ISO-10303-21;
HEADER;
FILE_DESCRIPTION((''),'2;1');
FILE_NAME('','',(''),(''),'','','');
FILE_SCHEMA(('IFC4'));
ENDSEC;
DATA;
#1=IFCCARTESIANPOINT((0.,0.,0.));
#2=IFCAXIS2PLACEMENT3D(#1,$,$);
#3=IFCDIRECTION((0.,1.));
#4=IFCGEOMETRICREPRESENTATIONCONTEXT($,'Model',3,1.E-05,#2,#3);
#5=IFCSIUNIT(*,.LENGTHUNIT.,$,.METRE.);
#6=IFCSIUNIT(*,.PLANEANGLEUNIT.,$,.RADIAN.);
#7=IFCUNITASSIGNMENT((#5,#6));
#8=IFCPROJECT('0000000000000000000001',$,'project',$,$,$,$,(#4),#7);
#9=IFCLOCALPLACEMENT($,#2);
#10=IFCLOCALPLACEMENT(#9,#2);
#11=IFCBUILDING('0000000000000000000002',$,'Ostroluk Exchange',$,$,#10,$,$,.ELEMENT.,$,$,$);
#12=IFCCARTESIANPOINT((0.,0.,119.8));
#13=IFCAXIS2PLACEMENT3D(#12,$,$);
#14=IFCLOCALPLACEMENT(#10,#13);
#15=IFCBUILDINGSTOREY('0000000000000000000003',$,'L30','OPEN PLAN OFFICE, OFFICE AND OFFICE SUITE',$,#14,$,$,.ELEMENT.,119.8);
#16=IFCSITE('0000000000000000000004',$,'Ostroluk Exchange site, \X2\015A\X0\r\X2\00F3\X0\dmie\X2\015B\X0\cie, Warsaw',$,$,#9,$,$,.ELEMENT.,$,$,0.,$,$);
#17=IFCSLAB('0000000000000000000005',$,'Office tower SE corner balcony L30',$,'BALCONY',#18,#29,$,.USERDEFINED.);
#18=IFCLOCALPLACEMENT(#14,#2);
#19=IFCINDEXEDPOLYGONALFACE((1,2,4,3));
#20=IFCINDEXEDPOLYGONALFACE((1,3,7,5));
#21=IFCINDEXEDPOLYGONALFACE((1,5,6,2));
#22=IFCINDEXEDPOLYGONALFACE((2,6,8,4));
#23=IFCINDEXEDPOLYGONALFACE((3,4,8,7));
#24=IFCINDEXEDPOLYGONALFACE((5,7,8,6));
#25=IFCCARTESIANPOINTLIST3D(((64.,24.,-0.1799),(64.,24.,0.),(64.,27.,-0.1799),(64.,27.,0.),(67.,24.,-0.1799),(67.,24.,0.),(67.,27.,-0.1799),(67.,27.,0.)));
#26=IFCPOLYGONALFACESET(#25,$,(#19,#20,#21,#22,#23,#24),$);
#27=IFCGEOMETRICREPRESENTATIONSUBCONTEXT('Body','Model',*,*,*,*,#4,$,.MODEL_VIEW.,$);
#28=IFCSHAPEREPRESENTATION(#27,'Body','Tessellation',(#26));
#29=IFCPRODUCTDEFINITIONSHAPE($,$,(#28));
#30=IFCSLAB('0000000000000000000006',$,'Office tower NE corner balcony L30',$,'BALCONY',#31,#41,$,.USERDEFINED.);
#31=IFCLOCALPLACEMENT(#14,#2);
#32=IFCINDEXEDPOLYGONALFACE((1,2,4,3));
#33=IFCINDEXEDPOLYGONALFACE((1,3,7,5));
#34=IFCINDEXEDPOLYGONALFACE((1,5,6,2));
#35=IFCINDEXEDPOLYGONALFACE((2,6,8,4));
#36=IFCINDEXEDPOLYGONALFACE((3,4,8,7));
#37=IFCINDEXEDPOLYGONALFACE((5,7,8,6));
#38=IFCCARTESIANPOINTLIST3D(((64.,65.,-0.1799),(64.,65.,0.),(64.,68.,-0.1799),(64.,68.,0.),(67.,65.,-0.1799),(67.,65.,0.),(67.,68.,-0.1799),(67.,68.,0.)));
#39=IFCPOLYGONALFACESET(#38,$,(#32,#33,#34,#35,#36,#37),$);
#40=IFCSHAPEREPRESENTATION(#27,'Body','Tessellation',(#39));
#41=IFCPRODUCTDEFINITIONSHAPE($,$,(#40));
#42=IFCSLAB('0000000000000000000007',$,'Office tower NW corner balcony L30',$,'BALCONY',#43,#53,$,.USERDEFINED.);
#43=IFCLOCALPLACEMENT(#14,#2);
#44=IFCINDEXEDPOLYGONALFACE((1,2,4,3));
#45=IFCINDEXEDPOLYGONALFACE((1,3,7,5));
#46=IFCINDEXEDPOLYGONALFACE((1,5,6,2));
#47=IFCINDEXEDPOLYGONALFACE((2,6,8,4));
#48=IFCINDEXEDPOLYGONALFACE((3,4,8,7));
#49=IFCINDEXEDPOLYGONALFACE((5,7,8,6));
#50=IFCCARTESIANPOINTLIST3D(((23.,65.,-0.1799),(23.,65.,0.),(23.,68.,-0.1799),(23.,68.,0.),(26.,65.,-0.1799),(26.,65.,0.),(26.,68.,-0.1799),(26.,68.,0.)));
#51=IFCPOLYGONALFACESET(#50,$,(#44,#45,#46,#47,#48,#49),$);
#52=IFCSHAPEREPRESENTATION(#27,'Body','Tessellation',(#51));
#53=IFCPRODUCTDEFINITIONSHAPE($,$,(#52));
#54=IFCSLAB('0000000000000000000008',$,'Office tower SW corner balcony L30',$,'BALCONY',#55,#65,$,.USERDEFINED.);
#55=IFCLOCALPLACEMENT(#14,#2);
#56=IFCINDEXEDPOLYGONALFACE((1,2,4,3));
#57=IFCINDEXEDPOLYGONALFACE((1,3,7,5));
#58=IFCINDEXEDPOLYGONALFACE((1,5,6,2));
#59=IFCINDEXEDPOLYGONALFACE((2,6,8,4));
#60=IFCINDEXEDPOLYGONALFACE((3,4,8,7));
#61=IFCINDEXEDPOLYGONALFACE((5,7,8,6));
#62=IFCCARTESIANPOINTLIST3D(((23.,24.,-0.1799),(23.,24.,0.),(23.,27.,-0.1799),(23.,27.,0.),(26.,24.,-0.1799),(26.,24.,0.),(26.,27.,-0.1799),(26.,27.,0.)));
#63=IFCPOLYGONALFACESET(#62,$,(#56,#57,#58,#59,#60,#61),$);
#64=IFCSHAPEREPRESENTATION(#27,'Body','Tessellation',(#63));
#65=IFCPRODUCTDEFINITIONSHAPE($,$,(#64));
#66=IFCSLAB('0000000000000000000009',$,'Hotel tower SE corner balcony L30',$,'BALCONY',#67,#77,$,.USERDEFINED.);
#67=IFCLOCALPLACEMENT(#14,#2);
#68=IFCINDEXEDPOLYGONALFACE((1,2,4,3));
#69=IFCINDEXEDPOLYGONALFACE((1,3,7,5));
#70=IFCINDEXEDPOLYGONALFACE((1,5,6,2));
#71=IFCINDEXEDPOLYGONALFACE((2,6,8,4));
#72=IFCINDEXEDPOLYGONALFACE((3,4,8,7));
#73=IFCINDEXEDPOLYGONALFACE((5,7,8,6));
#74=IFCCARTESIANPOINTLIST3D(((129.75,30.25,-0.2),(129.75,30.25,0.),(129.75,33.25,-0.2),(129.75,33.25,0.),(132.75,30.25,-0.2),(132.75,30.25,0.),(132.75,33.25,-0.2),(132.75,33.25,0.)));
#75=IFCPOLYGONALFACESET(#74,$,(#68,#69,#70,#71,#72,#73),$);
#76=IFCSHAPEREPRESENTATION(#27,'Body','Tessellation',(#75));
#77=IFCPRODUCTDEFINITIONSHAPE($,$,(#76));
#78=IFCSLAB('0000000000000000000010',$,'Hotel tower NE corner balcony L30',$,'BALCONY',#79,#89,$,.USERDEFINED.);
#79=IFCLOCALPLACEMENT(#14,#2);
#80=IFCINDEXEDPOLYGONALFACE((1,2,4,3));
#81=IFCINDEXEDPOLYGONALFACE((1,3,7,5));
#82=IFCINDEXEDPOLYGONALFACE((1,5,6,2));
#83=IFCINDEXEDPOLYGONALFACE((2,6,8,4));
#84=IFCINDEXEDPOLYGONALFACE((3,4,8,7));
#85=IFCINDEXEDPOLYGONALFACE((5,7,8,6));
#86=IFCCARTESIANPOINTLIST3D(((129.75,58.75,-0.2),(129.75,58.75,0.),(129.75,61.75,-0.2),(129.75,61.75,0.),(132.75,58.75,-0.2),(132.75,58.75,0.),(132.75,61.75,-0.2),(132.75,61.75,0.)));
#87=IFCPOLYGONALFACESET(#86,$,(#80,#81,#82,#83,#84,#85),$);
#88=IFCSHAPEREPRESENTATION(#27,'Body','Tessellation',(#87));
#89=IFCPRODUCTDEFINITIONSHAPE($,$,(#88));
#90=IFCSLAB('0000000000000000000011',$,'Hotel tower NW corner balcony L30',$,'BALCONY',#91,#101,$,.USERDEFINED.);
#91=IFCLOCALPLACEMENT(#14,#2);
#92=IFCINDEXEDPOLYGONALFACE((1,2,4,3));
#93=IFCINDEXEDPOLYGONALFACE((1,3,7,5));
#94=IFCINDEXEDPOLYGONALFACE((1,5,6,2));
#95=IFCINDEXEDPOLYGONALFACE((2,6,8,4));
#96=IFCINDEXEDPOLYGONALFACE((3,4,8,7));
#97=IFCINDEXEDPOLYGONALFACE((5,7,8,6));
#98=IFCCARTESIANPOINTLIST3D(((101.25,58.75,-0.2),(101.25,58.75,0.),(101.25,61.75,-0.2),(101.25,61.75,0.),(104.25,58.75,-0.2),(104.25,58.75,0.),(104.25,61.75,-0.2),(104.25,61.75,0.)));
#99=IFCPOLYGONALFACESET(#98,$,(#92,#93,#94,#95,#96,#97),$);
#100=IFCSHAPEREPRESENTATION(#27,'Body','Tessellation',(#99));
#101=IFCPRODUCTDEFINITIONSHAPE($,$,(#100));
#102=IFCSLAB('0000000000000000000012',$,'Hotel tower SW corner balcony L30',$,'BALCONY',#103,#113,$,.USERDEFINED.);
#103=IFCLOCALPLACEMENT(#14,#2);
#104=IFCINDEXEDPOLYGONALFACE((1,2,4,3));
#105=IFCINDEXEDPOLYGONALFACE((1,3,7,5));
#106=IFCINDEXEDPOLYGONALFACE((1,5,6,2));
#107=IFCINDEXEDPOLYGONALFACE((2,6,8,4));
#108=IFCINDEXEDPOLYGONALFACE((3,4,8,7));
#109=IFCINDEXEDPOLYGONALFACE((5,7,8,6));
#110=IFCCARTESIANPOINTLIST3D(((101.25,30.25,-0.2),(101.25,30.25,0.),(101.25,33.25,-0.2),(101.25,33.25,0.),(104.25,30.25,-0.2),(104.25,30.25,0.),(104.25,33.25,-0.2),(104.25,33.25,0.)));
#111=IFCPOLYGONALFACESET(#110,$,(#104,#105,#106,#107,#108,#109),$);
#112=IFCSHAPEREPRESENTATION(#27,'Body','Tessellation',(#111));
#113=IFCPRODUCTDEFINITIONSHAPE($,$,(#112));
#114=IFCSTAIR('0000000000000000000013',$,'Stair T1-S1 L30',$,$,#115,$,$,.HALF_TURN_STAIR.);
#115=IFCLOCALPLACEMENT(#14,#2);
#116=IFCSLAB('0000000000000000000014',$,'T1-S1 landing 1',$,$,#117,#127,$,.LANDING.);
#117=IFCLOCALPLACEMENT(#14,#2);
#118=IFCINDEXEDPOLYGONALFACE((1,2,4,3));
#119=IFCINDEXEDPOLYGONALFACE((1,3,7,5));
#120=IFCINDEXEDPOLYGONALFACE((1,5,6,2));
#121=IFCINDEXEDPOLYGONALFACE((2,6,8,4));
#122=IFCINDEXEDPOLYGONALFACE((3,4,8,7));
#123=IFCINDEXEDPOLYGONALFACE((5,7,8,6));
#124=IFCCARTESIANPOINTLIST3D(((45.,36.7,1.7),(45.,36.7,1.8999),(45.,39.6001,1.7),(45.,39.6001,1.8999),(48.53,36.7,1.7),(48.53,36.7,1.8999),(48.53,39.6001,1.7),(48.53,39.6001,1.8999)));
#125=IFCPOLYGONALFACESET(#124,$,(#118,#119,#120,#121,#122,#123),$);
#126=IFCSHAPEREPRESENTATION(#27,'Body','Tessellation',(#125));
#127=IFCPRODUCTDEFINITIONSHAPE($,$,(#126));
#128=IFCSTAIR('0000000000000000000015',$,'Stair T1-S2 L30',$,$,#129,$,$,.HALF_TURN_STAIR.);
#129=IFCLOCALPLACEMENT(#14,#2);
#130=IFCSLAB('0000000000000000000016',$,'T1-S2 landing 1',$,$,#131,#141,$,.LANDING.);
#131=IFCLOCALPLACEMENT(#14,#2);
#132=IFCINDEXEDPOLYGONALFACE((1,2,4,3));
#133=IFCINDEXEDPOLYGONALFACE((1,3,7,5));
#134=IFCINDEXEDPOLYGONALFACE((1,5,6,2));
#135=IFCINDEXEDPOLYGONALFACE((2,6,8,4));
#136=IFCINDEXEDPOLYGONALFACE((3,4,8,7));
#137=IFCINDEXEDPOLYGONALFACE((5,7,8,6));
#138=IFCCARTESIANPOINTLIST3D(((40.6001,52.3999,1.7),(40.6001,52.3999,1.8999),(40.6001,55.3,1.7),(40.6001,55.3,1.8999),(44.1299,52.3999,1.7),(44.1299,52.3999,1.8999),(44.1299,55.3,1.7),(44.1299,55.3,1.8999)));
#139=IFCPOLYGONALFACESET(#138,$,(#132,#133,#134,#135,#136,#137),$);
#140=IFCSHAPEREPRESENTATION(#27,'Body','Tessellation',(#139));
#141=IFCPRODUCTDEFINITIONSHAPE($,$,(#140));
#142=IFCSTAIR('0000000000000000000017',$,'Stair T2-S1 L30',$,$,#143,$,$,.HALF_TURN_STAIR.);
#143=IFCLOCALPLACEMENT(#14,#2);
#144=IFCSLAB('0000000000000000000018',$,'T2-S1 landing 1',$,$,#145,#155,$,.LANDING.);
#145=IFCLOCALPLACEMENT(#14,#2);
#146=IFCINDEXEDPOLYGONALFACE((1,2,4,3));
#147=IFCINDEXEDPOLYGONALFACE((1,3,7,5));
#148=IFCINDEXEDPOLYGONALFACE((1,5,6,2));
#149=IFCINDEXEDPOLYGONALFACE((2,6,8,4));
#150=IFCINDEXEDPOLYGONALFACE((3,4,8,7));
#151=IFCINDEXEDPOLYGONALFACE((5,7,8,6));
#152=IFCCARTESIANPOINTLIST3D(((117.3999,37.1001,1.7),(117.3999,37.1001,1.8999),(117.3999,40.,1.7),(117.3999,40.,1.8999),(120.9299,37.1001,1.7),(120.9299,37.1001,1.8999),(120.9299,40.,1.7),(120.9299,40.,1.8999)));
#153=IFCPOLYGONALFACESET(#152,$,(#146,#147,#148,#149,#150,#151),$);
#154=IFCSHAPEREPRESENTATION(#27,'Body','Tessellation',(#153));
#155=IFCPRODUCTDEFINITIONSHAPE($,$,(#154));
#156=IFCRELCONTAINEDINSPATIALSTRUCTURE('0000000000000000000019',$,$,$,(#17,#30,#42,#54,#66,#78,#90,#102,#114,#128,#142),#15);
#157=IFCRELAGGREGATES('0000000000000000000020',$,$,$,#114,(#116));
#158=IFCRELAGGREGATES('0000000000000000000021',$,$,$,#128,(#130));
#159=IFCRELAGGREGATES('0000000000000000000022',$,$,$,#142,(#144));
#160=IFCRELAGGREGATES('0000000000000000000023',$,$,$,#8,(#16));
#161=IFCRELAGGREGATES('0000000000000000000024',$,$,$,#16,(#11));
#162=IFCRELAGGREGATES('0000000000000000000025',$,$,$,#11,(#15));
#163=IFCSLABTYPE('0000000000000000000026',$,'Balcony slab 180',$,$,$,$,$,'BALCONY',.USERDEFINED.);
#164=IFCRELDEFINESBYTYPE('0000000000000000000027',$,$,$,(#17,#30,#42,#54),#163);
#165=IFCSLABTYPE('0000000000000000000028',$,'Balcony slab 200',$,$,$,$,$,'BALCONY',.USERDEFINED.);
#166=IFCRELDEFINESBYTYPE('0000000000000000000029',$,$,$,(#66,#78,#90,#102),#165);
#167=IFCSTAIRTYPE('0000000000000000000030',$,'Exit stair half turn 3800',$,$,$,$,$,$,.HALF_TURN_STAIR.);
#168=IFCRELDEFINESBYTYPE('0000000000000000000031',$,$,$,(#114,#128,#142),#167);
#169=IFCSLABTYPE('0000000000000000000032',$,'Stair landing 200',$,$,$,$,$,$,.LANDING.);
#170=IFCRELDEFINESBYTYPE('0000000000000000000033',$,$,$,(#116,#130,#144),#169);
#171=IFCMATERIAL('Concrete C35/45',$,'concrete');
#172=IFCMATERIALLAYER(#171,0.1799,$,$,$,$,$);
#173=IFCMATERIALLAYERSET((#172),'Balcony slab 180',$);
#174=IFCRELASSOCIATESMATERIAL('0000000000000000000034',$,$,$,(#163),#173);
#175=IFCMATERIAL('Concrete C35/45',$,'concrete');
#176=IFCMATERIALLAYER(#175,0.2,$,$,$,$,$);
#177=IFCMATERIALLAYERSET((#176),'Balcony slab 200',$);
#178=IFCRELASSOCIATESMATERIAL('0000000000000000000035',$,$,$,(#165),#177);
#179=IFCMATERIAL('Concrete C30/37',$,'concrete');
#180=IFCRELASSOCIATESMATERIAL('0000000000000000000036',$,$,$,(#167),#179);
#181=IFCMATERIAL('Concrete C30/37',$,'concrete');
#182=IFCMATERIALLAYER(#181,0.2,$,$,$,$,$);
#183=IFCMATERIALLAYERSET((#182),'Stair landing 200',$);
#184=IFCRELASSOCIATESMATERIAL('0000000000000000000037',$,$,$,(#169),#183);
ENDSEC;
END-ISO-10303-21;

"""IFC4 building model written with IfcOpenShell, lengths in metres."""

from ifc_helpers import new_model, si_unit, direction, frame, origin, place, context, subcontext, project, spatial, polyline, outline, extrude, material, layer, layer_set, type_object, element, aggregate, save


model = new_model("IFC4")

# Units and contexts
model_context = context("Model", 3, precision=1e-05, world=origin(), true_north=direction((0.0, 1.0)))
body_context = subcontext(model_context, "Body", "Model", "MODEL_VIEW")
ifc_project = project(units=[si_unit("LENGTHUNIT", "METRE"), si_unit("PLANEANGLEUNIT", "RADIAN")], contexts=[model_context])

# Site, building, storey
site_placement = place(None, origin())
site = spatial("IfcSite", under=ifc_project, at=site_placement, Name="Ostroluk Exchange site, Śródmieście, Warsaw", CompositionType="ELEMENT", RefElevation=0.0)
building_placement = place(site_placement, origin())
building = spatial("IfcBuilding", under=site, at=building_placement, Name="Ostroluk Exchange", CompositionType="ELEMENT")
storey_placement = place(building_placement, frame((0.0, 0.0, 119.8)))
storey = spatial("IfcBuildingStorey", under=building, at=storey_placement, Name="L30", Description="OPEN PLAN OFFICE, OFFICE AND OFFICE SUITE", CompositionType="ELEMENT", Elevation=119.8)

# Slabs
ifc_material_1 = material(Name="Concrete C35/45", Category="concrete")
ifc_layer_1 = layer(ifc_material_1, 0.1799)
ifc_layer_set_1 = layer_set([ifc_layer_1], Name="Balcony slab 180")
slab_type_1 = type_object("IfcSlabType", Name="Balcony slab 180", ElementType="BALCONY", PredefinedType="USERDEFINED", material=ifc_layer_set_1)
slab_1_placement = place(storey_placement, frame((0.0, 0.0, -0.1799)))
element("IfcSlab", 1, at=slab_1_placement, inside=storey, type_object=slab_type_1, Name="Office tower SE corner balcony L30", ObjectType="BALCONY", PredefinedType="USERDEFINED", context=body_context, shape_type="SweptSolid", body=[
    extrude(outline(polyline([(64.0, 24.0), (67.0, 24.0), (67.0, 27.0), (64.0, 27.0), (64.0, 24.0)])), origin(), (0.0, 0.0, 1.0), 0.1799),
])
slab_2_placement = place(storey_placement, frame((0.0, 0.0, -0.1799)))
element("IfcSlab", 2, at=slab_2_placement, inside=storey, type_object=slab_type_1, Name="Office tower NE corner balcony L30", ObjectType="BALCONY", PredefinedType="USERDEFINED", context=body_context, shape_type="SweptSolid", body=[
    extrude(outline(polyline([(64.0, 65.0), (67.0, 65.0), (67.0, 68.0), (64.0, 68.0), (64.0, 65.0)])), origin(), (0.0, 0.0, 1.0), 0.1799),
])
slab_3_placement = place(storey_placement, frame((0.0, 0.0, -0.1799)))
element("IfcSlab", 3, at=slab_3_placement, inside=storey, type_object=slab_type_1, Name="Office tower NW corner balcony L30", ObjectType="BALCONY", PredefinedType="USERDEFINED", context=body_context, shape_type="SweptSolid", body=[
    extrude(outline(polyline([(23.0, 65.0), (26.0, 65.0), (26.0, 68.0), (23.0, 68.0), (23.0, 65.0)])), origin(), (0.0, 0.0, 1.0), 0.1799),
])
slab_4_placement = place(storey_placement, frame((0.0, 0.0, -0.1799)))
element("IfcSlab", 4, at=slab_4_placement, inside=storey, type_object=slab_type_1, Name="Office tower SW corner balcony L30", ObjectType="BALCONY", PredefinedType="USERDEFINED", context=body_context, shape_type="SweptSolid", body=[
    extrude(outline(polyline([(23.0, 24.0), (26.0, 24.0), (26.0, 27.0), (23.0, 27.0), (23.0, 24.0)])), origin(), (0.0, 0.0, 1.0), 0.1799),
])
ifc_material_2 = material(Name="Concrete C35/45", Category="concrete")
ifc_layer_2 = layer(ifc_material_2, 0.2)
ifc_layer_set_2 = layer_set([ifc_layer_2], Name="Balcony slab 200")
slab_type_2 = type_object("IfcSlabType", Name="Balcony slab 200", ElementType="BALCONY", PredefinedType="USERDEFINED", material=ifc_layer_set_2)
slab_5_placement = place(storey_placement, frame((0.0, 0.0, -0.2)))
element("IfcSlab", 5, at=slab_5_placement, inside=storey, type_object=slab_type_2, Name="Hotel tower SE corner balcony L30", ObjectType="BALCONY", PredefinedType="USERDEFINED", context=body_context, shape_type="SweptSolid", body=[
    extrude(outline(polyline([(129.75, 30.25), (132.75, 30.25), (132.75, 33.25), (129.75, 33.25), (129.75, 30.25)])), origin(), (0.0, 0.0, 1.0), 0.2),
])
slab_6_placement = place(storey_placement, frame((0.0, 0.0, -0.2)))
element("IfcSlab", 6, at=slab_6_placement, inside=storey, type_object=slab_type_2, Name="Hotel tower NE corner balcony L30", ObjectType="BALCONY", PredefinedType="USERDEFINED", context=body_context, shape_type="SweptSolid", body=[
    extrude(outline(polyline([(129.75, 58.75), (132.75, 58.75), (132.75, 61.75), (129.75, 61.75), (129.75, 58.75)])), origin(), (0.0, 0.0, 1.0), 0.2),
])
slab_7_placement = place(storey_placement, frame((0.0, 0.0, -0.2)))
element("IfcSlab", 7, at=slab_7_placement, inside=storey, type_object=slab_type_2, Name="Hotel tower NW corner balcony L30", ObjectType="BALCONY", PredefinedType="USERDEFINED", context=body_context, shape_type="SweptSolid", body=[
    extrude(outline(polyline([(101.25, 58.75), (104.25, 58.75), (104.25, 61.75), (101.25, 61.75), (101.25, 58.75)])), origin(), (0.0, 0.0, 1.0), 0.2),
])
slab_8_placement = place(storey_placement, frame((0.0, 0.0, -0.2)))
element("IfcSlab", 8, at=slab_8_placement, inside=storey, type_object=slab_type_2, Name="Hotel tower SW corner balcony L30", ObjectType="BALCONY", PredefinedType="USERDEFINED", context=body_context, shape_type="SweptSolid", body=[
    extrude(outline(polyline([(101.25, 30.25), (104.25, 30.25), (104.25, 33.25), (101.25, 33.25), (101.25, 30.25)])), origin(), (0.0, 0.0, 1.0), 0.2),
])

# Stairs, slabs
ifc_material_3 = material(Name="Concrete C30/37", Category="concrete")
stair_type = type_object("IfcStairType", Name="Exit stair half turn 3800", PredefinedType="HALF_TURN_STAIR", material=ifc_material_3)
stair_1_placement = place(storey_placement, origin())
stair_1 = element("IfcStair", 9, at=stair_1_placement, inside=storey, type_object=stair_type, Name="Stair T1-S1 L30", PredefinedType="HALF_TURN_STAIR")
ifc_material_4 = material(Name="Concrete C30/37", Category="concrete")
ifc_layer_3 = layer(ifc_material_4, 0.2)
ifc_layer_set_3 = layer_set([ifc_layer_3], Name="Stair landing 200")
slab_type_3 = type_object("IfcSlabType", Name="Stair landing 200", PredefinedType="LANDING", material=ifc_layer_set_3)
slab_9_placement = place(storey_placement, frame((0.0, 0.0, 1.7)))
slab_9 = element("IfcSlab", 10, at=slab_9_placement, type_object=slab_type_3, Name="T1-S1 landing 1", PredefinedType="LANDING", context=body_context, shape_type="SweptSolid", body=[
    extrude(outline(polyline([(45.0, 36.7), (45.0, 39.6001), (48.53, 39.6001), (48.53, 36.7), (45.0, 36.7)])), origin(), (0.0, 0.0, 1.0), 0.2),
])
aggregate(stair_1, [slab_9])
stair_2_placement = place(storey_placement, origin())
stair_2 = element("IfcStair", 11, at=stair_2_placement, inside=storey, type_object=stair_type, Name="Stair T1-S2 L30", PredefinedType="HALF_TURN_STAIR")
slab_10_placement = place(storey_placement, frame((0.0, 0.0, 1.7)))
slab_10 = element("IfcSlab", 12, at=slab_10_placement, type_object=slab_type_3, Name="T1-S2 landing 1", PredefinedType="LANDING", context=body_context, shape_type="SweptSolid", body=[
    extrude(outline(polyline([(44.1299, 52.3999), (44.1299, 55.3), (40.6001, 55.3), (40.6001, 52.3999), (44.1299, 52.3999)])), origin(), (0.0, 0.0, 1.0), 0.2),
])
aggregate(stair_2, [slab_10])
stair_3_placement = place(storey_placement, origin())
stair_3 = element("IfcStair", 13, at=stair_3_placement, inside=storey, type_object=stair_type, Name="Stair T2-S1 L30", PredefinedType="HALF_TURN_STAIR")
slab_11_placement = place(storey_placement, frame((0.0, 0.0, 1.7)))
slab_11 = element("IfcSlab", 14, at=slab_11_placement, type_object=slab_type_3, Name="T2-S1 landing 1", PredefinedType="LANDING", context=body_context, shape_type="SweptSolid", body=[
    extrude(outline(polyline([(117.3999, 37.1001), (117.3999, 40.0), (120.9299, 40.0), (120.9299, 37.1001), (117.3999, 37.1001)])), origin(), (0.0, 0.0, 1.0), 0.2),
])
aggregate(stair_3, [slab_11])

save(model, "model.ifc")
